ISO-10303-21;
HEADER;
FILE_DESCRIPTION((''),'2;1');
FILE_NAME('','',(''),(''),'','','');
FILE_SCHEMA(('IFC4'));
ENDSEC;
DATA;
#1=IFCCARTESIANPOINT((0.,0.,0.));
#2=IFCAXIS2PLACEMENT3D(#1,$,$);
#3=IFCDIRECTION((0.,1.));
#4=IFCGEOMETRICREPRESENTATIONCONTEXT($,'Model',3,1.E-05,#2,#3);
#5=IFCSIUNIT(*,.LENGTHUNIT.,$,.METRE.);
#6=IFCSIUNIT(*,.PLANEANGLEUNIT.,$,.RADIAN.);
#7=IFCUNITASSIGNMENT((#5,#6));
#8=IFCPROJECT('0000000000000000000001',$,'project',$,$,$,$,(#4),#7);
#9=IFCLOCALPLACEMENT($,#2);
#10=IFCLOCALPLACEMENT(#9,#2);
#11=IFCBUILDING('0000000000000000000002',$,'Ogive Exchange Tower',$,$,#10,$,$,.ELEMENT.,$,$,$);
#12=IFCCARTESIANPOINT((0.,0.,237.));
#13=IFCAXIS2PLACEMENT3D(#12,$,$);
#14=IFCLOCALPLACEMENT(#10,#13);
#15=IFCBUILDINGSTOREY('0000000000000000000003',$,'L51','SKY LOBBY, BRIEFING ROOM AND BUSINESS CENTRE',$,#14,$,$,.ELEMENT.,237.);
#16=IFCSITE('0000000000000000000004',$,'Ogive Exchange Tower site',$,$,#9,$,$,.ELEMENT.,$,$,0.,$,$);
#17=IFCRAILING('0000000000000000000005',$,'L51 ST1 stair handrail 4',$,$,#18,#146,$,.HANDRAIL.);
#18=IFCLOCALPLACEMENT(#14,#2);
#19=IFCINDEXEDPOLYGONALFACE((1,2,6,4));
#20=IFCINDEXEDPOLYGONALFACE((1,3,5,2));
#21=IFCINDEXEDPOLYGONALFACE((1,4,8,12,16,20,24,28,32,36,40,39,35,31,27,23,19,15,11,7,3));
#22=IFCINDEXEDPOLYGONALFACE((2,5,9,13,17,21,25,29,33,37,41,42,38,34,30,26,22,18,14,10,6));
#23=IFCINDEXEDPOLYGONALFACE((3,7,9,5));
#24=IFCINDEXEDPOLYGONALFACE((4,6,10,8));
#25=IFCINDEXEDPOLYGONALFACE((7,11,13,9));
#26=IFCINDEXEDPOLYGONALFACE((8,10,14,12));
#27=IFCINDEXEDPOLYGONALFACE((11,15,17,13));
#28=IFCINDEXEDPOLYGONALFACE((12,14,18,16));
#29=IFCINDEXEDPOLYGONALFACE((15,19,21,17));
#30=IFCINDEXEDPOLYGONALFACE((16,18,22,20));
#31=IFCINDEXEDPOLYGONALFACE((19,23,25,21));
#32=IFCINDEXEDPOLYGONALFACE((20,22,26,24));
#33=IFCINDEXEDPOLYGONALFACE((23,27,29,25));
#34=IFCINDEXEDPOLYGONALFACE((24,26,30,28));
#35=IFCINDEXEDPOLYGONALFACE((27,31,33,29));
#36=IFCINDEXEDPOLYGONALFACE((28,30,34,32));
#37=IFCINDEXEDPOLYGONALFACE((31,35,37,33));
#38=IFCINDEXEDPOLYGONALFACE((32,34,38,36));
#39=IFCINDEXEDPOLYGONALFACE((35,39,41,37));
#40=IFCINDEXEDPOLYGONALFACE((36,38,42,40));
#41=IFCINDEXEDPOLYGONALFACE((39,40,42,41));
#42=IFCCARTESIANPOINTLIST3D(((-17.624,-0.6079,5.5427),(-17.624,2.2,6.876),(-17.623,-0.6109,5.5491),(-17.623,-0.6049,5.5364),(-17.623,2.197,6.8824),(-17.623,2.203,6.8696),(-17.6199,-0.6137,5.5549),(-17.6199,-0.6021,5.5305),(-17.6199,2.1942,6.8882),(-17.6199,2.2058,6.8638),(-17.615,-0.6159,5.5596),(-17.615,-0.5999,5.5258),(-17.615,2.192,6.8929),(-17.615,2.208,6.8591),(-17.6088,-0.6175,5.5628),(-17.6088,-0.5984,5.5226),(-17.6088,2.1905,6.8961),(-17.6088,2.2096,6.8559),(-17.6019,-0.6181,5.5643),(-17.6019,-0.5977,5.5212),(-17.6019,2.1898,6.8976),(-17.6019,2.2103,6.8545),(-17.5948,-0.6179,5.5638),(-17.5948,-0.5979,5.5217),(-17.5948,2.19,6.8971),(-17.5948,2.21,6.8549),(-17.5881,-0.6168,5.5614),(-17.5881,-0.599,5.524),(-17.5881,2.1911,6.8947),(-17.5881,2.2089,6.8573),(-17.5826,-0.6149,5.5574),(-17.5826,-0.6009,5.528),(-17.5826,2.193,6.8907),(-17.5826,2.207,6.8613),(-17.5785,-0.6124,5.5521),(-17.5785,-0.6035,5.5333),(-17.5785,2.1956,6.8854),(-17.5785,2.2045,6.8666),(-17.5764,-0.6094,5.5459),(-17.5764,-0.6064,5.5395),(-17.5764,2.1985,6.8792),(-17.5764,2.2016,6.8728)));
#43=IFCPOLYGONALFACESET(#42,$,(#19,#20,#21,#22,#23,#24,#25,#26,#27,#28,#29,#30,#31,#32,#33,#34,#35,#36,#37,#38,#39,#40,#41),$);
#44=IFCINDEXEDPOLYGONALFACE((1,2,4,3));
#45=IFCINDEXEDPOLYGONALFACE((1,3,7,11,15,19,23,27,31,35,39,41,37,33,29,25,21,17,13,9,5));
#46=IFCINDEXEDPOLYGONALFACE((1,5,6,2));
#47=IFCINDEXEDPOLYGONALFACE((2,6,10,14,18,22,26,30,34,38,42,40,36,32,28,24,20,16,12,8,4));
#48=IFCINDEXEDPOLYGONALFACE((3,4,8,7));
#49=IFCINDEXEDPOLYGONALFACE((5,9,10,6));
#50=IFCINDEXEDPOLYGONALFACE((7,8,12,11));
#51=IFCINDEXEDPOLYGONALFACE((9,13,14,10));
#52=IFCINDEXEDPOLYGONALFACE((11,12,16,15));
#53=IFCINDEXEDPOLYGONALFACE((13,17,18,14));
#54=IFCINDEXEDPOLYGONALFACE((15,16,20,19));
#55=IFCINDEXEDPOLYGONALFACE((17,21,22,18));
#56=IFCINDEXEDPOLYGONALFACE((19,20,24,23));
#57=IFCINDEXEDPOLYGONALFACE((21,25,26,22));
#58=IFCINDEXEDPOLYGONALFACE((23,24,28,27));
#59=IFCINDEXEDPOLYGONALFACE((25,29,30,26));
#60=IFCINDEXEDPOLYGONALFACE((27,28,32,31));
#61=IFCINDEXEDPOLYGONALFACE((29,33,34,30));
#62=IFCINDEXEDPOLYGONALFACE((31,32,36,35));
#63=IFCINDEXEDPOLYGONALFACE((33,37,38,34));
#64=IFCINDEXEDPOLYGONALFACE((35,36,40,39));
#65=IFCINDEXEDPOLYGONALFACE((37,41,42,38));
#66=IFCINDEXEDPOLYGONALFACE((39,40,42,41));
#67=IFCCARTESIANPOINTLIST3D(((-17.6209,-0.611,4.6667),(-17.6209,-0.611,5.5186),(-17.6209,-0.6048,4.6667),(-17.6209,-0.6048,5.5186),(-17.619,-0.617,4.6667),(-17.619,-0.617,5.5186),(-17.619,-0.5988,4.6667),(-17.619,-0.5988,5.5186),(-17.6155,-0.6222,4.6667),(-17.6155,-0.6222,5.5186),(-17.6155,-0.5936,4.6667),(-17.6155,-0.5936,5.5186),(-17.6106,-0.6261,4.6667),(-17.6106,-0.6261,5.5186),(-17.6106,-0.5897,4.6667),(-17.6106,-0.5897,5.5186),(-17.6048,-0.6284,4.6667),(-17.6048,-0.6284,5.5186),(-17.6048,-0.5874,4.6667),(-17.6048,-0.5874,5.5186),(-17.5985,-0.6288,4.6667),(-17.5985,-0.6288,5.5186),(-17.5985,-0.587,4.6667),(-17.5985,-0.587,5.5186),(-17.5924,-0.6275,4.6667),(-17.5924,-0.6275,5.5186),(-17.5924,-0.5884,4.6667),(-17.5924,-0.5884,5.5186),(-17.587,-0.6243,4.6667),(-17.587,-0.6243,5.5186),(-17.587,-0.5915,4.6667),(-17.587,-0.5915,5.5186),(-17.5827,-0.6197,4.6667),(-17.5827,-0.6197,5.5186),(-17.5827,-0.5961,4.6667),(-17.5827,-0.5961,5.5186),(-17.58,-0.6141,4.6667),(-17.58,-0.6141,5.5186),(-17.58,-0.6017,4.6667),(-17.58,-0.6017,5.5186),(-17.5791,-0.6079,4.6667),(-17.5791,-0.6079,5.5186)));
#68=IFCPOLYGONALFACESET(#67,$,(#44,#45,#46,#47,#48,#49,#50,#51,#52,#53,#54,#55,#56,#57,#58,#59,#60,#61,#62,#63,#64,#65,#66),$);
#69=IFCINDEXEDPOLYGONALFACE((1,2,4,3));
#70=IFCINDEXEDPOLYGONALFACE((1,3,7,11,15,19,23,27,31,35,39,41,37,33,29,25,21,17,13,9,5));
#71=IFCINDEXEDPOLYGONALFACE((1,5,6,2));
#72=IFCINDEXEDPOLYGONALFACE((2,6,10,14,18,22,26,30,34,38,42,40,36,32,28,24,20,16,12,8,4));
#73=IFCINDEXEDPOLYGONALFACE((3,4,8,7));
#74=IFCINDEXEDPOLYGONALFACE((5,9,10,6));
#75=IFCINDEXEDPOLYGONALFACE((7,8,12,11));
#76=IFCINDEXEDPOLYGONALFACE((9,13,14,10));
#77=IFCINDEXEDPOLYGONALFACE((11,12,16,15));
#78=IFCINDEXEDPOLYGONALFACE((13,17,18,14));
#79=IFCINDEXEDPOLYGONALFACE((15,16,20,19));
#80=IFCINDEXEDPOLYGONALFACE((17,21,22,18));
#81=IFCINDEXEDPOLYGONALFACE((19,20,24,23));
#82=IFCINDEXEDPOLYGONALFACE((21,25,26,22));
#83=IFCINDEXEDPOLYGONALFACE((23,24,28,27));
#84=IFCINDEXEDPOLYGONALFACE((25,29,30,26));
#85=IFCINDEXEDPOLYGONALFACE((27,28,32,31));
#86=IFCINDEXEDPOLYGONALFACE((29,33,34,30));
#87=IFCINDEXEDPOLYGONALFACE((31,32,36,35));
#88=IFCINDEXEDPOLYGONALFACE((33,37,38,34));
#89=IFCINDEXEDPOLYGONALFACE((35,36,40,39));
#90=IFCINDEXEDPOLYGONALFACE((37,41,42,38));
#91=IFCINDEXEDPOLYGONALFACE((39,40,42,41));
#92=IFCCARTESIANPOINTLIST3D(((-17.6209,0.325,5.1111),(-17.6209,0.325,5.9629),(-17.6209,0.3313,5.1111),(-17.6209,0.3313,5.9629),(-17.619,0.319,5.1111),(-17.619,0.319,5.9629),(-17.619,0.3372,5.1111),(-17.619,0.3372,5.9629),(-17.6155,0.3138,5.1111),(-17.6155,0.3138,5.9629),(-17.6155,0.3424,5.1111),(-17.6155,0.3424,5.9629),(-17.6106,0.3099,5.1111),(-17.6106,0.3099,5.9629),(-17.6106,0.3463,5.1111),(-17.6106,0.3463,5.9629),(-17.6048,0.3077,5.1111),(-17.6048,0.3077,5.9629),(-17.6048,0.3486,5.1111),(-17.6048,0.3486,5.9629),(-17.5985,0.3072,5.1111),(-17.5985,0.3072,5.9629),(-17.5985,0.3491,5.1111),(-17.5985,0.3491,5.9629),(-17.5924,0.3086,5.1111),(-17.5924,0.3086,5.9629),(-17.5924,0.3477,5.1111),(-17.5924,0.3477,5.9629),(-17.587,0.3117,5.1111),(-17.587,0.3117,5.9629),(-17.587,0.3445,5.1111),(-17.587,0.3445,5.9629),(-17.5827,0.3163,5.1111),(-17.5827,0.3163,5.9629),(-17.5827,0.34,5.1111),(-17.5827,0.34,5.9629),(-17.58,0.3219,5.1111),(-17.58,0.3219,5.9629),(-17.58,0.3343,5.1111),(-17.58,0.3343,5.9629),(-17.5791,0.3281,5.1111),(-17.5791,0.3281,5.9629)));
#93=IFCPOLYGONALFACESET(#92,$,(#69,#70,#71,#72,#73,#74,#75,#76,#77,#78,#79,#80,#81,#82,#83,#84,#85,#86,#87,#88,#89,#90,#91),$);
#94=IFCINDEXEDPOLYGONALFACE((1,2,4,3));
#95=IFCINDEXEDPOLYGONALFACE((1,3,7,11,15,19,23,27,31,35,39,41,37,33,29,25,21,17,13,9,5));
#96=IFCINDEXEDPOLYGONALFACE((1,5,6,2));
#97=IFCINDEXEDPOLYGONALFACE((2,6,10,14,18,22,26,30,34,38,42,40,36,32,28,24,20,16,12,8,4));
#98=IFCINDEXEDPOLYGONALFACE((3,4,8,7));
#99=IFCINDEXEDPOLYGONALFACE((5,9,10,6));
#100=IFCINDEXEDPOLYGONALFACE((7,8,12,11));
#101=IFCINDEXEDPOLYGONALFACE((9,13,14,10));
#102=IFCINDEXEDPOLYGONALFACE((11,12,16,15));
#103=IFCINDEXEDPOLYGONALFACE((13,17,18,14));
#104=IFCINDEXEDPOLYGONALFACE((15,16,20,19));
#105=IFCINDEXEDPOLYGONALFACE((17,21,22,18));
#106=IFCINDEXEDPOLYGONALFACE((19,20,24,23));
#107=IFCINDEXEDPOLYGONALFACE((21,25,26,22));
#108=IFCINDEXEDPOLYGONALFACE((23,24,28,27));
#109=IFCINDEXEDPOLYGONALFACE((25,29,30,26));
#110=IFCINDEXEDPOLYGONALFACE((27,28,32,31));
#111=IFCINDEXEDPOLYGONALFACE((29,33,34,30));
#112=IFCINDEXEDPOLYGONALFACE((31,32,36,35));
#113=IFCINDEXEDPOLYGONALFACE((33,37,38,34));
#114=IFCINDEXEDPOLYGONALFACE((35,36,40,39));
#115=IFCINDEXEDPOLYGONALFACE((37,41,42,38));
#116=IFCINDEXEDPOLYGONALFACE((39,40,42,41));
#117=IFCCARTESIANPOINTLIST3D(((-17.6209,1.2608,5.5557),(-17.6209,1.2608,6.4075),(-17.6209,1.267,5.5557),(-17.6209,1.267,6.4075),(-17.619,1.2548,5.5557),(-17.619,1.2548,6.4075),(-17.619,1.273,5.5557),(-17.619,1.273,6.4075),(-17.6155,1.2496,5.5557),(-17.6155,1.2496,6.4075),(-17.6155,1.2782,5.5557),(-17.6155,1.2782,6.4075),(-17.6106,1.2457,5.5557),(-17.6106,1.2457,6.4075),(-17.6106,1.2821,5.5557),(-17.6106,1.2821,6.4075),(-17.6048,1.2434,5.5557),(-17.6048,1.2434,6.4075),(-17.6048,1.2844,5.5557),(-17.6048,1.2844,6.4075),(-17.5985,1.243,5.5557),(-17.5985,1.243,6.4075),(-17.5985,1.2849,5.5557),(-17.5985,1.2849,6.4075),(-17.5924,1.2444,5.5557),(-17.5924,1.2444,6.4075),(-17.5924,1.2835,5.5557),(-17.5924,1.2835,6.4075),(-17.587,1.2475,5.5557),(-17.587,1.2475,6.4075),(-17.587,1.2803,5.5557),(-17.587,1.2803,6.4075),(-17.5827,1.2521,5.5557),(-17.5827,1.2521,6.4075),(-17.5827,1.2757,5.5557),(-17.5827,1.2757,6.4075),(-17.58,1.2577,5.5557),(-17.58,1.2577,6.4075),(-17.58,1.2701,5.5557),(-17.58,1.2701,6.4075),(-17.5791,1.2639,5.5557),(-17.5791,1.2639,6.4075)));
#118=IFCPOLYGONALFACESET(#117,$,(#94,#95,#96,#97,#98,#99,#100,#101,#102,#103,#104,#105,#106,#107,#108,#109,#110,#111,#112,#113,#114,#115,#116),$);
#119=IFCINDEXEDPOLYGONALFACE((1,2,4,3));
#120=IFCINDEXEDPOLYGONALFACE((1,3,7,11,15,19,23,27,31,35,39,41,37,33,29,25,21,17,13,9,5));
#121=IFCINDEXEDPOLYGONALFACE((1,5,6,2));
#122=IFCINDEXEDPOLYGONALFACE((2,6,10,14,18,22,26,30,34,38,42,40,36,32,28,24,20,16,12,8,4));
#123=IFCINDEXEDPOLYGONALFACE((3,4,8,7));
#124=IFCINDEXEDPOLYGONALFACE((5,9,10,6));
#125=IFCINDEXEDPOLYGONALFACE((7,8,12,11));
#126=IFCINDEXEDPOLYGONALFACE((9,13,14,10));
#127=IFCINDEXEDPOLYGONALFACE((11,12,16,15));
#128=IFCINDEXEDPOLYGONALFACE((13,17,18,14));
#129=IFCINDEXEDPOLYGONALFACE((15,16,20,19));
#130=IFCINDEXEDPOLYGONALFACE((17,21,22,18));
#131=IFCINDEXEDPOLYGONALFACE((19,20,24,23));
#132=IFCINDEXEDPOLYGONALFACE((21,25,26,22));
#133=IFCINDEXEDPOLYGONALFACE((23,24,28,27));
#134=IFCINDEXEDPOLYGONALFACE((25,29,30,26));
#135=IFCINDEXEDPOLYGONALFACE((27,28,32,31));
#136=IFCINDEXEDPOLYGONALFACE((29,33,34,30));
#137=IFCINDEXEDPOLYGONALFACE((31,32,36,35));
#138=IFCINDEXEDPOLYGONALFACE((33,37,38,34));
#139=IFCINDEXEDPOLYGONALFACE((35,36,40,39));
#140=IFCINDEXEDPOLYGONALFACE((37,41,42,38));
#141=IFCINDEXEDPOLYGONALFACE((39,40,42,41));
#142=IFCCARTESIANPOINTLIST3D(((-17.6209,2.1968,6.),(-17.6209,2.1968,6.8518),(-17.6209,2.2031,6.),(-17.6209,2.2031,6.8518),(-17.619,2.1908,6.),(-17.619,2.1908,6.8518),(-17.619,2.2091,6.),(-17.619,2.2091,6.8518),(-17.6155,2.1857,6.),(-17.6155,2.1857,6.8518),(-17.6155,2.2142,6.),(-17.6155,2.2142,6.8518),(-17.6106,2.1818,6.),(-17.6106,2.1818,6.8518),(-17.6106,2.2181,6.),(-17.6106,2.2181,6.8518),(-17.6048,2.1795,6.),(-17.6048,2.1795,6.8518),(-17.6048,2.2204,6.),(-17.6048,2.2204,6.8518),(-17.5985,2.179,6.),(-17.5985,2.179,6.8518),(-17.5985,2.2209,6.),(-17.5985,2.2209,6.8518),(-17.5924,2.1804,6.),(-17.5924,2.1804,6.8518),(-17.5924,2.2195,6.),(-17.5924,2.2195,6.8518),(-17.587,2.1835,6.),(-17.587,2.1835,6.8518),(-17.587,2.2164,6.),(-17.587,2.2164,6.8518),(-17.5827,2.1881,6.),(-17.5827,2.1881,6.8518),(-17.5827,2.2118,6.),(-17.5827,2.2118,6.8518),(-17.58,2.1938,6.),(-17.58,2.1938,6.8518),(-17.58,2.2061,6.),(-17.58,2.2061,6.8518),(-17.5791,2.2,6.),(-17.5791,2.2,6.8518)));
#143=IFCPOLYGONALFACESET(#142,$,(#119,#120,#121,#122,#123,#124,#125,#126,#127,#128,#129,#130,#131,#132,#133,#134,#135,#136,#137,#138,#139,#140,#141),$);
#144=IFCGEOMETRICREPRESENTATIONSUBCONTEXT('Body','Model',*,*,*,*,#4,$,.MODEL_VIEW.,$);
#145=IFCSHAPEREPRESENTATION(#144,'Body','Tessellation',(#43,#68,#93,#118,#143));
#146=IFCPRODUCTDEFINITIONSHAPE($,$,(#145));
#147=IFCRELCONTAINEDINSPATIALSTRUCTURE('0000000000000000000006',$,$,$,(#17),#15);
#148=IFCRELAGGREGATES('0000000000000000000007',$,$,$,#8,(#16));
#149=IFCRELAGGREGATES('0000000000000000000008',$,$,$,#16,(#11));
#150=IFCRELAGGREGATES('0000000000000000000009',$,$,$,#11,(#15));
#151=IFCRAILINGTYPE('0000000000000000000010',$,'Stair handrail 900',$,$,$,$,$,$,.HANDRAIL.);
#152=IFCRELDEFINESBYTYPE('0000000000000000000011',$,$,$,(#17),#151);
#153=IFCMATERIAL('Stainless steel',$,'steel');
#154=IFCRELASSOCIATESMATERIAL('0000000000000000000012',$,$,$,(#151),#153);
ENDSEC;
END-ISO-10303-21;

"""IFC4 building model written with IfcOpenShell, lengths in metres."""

from ifc_helpers import new_model, si_unit, direction, frame, origin, origin_2d, place, context, subcontext, project, spatial, circle, extrude, material, type_object, element, save


model = new_model("IFC4")

# Units and contexts
model_context = context("Model", 3, precision=1e-05, world=origin(), true_north=direction((0.0, 1.0)))
body_context = subcontext(model_context, "Body", "Model", "MODEL_VIEW")
ifc_project = project(units=[si_unit("LENGTHUNIT", "METRE"), si_unit("PLANEANGLEUNIT", "RADIAN")], contexts=[model_context])

# Site, building, storey
site_placement = place(None, origin())
site = spatial("IfcSite", under=ifc_project, at=site_placement, Name="Ogive Exchange Tower site", CompositionType="ELEMENT", RefElevation=0.0)
building_placement = place(site_placement, origin())
building = spatial("IfcBuilding", under=site, at=building_placement, Name="Ogive Exchange Tower", CompositionType="ELEMENT")
storey_placement = place(building_placement, frame((0.0, 0.0, 237.0)))
storey = spatial("IfcBuildingStorey", under=building, at=storey_placement, Name="L51", Description="SKY LOBBY, BRIEFING ROOM AND BUSINESS CENTRE", CompositionType="ELEMENT", Elevation=237.0)

# Shared definitions
ifc_material_1 = material(Name="Stainless steel", Category="steel")

# Railing
railing_type = type_object("IfcRailingType", Name="Stair handrail 900", PredefinedType="HANDRAIL", material=ifc_material_1)
for number, where, name in (
    (1, (-17.6001, -0.6079, 4.6667), "L51 ST1 stair handrail 4"),
):
    element("IfcRailing", number, at=place(storey_placement, frame(where)), inside=storey, type_object=railing_type, Name=name, PredefinedType="HANDRAIL", context=body_context, shape_type="SweptSolid", body=[
        extrude(circle(Radius=0.0239, at=origin_2d()), frame((0.0, 0.0, 0.876), z_axis=(0.0, 0.903338, 0.42893), x_axis=(-1.0, 0.0, 0.0)), (0.0, 0.0, 1.0), 3.1084),
        extrude(circle(Radius=0.021, at=origin_2d()), origin(), (0.0, 0.0, 1.0), 0.8518),
        extrude(circle(Radius=0.021, at=origin_2d()), frame((0.0, 0.936, 0.4443)), (0.0, 0.0, 1.0), 0.8518),
        extrude(circle(Radius=0.021, at=origin_2d()), frame((0.0, 1.8718, 0.8889)), (0.0, 0.0, 1.0), 0.8518),
        extrude(circle(Radius=0.021, at=origin_2d()), frame((0.0, 2.8079, 1.3333)), (0.0, 0.0, 1.0), 0.8518),
    ])

save(model, "model.ifc")
